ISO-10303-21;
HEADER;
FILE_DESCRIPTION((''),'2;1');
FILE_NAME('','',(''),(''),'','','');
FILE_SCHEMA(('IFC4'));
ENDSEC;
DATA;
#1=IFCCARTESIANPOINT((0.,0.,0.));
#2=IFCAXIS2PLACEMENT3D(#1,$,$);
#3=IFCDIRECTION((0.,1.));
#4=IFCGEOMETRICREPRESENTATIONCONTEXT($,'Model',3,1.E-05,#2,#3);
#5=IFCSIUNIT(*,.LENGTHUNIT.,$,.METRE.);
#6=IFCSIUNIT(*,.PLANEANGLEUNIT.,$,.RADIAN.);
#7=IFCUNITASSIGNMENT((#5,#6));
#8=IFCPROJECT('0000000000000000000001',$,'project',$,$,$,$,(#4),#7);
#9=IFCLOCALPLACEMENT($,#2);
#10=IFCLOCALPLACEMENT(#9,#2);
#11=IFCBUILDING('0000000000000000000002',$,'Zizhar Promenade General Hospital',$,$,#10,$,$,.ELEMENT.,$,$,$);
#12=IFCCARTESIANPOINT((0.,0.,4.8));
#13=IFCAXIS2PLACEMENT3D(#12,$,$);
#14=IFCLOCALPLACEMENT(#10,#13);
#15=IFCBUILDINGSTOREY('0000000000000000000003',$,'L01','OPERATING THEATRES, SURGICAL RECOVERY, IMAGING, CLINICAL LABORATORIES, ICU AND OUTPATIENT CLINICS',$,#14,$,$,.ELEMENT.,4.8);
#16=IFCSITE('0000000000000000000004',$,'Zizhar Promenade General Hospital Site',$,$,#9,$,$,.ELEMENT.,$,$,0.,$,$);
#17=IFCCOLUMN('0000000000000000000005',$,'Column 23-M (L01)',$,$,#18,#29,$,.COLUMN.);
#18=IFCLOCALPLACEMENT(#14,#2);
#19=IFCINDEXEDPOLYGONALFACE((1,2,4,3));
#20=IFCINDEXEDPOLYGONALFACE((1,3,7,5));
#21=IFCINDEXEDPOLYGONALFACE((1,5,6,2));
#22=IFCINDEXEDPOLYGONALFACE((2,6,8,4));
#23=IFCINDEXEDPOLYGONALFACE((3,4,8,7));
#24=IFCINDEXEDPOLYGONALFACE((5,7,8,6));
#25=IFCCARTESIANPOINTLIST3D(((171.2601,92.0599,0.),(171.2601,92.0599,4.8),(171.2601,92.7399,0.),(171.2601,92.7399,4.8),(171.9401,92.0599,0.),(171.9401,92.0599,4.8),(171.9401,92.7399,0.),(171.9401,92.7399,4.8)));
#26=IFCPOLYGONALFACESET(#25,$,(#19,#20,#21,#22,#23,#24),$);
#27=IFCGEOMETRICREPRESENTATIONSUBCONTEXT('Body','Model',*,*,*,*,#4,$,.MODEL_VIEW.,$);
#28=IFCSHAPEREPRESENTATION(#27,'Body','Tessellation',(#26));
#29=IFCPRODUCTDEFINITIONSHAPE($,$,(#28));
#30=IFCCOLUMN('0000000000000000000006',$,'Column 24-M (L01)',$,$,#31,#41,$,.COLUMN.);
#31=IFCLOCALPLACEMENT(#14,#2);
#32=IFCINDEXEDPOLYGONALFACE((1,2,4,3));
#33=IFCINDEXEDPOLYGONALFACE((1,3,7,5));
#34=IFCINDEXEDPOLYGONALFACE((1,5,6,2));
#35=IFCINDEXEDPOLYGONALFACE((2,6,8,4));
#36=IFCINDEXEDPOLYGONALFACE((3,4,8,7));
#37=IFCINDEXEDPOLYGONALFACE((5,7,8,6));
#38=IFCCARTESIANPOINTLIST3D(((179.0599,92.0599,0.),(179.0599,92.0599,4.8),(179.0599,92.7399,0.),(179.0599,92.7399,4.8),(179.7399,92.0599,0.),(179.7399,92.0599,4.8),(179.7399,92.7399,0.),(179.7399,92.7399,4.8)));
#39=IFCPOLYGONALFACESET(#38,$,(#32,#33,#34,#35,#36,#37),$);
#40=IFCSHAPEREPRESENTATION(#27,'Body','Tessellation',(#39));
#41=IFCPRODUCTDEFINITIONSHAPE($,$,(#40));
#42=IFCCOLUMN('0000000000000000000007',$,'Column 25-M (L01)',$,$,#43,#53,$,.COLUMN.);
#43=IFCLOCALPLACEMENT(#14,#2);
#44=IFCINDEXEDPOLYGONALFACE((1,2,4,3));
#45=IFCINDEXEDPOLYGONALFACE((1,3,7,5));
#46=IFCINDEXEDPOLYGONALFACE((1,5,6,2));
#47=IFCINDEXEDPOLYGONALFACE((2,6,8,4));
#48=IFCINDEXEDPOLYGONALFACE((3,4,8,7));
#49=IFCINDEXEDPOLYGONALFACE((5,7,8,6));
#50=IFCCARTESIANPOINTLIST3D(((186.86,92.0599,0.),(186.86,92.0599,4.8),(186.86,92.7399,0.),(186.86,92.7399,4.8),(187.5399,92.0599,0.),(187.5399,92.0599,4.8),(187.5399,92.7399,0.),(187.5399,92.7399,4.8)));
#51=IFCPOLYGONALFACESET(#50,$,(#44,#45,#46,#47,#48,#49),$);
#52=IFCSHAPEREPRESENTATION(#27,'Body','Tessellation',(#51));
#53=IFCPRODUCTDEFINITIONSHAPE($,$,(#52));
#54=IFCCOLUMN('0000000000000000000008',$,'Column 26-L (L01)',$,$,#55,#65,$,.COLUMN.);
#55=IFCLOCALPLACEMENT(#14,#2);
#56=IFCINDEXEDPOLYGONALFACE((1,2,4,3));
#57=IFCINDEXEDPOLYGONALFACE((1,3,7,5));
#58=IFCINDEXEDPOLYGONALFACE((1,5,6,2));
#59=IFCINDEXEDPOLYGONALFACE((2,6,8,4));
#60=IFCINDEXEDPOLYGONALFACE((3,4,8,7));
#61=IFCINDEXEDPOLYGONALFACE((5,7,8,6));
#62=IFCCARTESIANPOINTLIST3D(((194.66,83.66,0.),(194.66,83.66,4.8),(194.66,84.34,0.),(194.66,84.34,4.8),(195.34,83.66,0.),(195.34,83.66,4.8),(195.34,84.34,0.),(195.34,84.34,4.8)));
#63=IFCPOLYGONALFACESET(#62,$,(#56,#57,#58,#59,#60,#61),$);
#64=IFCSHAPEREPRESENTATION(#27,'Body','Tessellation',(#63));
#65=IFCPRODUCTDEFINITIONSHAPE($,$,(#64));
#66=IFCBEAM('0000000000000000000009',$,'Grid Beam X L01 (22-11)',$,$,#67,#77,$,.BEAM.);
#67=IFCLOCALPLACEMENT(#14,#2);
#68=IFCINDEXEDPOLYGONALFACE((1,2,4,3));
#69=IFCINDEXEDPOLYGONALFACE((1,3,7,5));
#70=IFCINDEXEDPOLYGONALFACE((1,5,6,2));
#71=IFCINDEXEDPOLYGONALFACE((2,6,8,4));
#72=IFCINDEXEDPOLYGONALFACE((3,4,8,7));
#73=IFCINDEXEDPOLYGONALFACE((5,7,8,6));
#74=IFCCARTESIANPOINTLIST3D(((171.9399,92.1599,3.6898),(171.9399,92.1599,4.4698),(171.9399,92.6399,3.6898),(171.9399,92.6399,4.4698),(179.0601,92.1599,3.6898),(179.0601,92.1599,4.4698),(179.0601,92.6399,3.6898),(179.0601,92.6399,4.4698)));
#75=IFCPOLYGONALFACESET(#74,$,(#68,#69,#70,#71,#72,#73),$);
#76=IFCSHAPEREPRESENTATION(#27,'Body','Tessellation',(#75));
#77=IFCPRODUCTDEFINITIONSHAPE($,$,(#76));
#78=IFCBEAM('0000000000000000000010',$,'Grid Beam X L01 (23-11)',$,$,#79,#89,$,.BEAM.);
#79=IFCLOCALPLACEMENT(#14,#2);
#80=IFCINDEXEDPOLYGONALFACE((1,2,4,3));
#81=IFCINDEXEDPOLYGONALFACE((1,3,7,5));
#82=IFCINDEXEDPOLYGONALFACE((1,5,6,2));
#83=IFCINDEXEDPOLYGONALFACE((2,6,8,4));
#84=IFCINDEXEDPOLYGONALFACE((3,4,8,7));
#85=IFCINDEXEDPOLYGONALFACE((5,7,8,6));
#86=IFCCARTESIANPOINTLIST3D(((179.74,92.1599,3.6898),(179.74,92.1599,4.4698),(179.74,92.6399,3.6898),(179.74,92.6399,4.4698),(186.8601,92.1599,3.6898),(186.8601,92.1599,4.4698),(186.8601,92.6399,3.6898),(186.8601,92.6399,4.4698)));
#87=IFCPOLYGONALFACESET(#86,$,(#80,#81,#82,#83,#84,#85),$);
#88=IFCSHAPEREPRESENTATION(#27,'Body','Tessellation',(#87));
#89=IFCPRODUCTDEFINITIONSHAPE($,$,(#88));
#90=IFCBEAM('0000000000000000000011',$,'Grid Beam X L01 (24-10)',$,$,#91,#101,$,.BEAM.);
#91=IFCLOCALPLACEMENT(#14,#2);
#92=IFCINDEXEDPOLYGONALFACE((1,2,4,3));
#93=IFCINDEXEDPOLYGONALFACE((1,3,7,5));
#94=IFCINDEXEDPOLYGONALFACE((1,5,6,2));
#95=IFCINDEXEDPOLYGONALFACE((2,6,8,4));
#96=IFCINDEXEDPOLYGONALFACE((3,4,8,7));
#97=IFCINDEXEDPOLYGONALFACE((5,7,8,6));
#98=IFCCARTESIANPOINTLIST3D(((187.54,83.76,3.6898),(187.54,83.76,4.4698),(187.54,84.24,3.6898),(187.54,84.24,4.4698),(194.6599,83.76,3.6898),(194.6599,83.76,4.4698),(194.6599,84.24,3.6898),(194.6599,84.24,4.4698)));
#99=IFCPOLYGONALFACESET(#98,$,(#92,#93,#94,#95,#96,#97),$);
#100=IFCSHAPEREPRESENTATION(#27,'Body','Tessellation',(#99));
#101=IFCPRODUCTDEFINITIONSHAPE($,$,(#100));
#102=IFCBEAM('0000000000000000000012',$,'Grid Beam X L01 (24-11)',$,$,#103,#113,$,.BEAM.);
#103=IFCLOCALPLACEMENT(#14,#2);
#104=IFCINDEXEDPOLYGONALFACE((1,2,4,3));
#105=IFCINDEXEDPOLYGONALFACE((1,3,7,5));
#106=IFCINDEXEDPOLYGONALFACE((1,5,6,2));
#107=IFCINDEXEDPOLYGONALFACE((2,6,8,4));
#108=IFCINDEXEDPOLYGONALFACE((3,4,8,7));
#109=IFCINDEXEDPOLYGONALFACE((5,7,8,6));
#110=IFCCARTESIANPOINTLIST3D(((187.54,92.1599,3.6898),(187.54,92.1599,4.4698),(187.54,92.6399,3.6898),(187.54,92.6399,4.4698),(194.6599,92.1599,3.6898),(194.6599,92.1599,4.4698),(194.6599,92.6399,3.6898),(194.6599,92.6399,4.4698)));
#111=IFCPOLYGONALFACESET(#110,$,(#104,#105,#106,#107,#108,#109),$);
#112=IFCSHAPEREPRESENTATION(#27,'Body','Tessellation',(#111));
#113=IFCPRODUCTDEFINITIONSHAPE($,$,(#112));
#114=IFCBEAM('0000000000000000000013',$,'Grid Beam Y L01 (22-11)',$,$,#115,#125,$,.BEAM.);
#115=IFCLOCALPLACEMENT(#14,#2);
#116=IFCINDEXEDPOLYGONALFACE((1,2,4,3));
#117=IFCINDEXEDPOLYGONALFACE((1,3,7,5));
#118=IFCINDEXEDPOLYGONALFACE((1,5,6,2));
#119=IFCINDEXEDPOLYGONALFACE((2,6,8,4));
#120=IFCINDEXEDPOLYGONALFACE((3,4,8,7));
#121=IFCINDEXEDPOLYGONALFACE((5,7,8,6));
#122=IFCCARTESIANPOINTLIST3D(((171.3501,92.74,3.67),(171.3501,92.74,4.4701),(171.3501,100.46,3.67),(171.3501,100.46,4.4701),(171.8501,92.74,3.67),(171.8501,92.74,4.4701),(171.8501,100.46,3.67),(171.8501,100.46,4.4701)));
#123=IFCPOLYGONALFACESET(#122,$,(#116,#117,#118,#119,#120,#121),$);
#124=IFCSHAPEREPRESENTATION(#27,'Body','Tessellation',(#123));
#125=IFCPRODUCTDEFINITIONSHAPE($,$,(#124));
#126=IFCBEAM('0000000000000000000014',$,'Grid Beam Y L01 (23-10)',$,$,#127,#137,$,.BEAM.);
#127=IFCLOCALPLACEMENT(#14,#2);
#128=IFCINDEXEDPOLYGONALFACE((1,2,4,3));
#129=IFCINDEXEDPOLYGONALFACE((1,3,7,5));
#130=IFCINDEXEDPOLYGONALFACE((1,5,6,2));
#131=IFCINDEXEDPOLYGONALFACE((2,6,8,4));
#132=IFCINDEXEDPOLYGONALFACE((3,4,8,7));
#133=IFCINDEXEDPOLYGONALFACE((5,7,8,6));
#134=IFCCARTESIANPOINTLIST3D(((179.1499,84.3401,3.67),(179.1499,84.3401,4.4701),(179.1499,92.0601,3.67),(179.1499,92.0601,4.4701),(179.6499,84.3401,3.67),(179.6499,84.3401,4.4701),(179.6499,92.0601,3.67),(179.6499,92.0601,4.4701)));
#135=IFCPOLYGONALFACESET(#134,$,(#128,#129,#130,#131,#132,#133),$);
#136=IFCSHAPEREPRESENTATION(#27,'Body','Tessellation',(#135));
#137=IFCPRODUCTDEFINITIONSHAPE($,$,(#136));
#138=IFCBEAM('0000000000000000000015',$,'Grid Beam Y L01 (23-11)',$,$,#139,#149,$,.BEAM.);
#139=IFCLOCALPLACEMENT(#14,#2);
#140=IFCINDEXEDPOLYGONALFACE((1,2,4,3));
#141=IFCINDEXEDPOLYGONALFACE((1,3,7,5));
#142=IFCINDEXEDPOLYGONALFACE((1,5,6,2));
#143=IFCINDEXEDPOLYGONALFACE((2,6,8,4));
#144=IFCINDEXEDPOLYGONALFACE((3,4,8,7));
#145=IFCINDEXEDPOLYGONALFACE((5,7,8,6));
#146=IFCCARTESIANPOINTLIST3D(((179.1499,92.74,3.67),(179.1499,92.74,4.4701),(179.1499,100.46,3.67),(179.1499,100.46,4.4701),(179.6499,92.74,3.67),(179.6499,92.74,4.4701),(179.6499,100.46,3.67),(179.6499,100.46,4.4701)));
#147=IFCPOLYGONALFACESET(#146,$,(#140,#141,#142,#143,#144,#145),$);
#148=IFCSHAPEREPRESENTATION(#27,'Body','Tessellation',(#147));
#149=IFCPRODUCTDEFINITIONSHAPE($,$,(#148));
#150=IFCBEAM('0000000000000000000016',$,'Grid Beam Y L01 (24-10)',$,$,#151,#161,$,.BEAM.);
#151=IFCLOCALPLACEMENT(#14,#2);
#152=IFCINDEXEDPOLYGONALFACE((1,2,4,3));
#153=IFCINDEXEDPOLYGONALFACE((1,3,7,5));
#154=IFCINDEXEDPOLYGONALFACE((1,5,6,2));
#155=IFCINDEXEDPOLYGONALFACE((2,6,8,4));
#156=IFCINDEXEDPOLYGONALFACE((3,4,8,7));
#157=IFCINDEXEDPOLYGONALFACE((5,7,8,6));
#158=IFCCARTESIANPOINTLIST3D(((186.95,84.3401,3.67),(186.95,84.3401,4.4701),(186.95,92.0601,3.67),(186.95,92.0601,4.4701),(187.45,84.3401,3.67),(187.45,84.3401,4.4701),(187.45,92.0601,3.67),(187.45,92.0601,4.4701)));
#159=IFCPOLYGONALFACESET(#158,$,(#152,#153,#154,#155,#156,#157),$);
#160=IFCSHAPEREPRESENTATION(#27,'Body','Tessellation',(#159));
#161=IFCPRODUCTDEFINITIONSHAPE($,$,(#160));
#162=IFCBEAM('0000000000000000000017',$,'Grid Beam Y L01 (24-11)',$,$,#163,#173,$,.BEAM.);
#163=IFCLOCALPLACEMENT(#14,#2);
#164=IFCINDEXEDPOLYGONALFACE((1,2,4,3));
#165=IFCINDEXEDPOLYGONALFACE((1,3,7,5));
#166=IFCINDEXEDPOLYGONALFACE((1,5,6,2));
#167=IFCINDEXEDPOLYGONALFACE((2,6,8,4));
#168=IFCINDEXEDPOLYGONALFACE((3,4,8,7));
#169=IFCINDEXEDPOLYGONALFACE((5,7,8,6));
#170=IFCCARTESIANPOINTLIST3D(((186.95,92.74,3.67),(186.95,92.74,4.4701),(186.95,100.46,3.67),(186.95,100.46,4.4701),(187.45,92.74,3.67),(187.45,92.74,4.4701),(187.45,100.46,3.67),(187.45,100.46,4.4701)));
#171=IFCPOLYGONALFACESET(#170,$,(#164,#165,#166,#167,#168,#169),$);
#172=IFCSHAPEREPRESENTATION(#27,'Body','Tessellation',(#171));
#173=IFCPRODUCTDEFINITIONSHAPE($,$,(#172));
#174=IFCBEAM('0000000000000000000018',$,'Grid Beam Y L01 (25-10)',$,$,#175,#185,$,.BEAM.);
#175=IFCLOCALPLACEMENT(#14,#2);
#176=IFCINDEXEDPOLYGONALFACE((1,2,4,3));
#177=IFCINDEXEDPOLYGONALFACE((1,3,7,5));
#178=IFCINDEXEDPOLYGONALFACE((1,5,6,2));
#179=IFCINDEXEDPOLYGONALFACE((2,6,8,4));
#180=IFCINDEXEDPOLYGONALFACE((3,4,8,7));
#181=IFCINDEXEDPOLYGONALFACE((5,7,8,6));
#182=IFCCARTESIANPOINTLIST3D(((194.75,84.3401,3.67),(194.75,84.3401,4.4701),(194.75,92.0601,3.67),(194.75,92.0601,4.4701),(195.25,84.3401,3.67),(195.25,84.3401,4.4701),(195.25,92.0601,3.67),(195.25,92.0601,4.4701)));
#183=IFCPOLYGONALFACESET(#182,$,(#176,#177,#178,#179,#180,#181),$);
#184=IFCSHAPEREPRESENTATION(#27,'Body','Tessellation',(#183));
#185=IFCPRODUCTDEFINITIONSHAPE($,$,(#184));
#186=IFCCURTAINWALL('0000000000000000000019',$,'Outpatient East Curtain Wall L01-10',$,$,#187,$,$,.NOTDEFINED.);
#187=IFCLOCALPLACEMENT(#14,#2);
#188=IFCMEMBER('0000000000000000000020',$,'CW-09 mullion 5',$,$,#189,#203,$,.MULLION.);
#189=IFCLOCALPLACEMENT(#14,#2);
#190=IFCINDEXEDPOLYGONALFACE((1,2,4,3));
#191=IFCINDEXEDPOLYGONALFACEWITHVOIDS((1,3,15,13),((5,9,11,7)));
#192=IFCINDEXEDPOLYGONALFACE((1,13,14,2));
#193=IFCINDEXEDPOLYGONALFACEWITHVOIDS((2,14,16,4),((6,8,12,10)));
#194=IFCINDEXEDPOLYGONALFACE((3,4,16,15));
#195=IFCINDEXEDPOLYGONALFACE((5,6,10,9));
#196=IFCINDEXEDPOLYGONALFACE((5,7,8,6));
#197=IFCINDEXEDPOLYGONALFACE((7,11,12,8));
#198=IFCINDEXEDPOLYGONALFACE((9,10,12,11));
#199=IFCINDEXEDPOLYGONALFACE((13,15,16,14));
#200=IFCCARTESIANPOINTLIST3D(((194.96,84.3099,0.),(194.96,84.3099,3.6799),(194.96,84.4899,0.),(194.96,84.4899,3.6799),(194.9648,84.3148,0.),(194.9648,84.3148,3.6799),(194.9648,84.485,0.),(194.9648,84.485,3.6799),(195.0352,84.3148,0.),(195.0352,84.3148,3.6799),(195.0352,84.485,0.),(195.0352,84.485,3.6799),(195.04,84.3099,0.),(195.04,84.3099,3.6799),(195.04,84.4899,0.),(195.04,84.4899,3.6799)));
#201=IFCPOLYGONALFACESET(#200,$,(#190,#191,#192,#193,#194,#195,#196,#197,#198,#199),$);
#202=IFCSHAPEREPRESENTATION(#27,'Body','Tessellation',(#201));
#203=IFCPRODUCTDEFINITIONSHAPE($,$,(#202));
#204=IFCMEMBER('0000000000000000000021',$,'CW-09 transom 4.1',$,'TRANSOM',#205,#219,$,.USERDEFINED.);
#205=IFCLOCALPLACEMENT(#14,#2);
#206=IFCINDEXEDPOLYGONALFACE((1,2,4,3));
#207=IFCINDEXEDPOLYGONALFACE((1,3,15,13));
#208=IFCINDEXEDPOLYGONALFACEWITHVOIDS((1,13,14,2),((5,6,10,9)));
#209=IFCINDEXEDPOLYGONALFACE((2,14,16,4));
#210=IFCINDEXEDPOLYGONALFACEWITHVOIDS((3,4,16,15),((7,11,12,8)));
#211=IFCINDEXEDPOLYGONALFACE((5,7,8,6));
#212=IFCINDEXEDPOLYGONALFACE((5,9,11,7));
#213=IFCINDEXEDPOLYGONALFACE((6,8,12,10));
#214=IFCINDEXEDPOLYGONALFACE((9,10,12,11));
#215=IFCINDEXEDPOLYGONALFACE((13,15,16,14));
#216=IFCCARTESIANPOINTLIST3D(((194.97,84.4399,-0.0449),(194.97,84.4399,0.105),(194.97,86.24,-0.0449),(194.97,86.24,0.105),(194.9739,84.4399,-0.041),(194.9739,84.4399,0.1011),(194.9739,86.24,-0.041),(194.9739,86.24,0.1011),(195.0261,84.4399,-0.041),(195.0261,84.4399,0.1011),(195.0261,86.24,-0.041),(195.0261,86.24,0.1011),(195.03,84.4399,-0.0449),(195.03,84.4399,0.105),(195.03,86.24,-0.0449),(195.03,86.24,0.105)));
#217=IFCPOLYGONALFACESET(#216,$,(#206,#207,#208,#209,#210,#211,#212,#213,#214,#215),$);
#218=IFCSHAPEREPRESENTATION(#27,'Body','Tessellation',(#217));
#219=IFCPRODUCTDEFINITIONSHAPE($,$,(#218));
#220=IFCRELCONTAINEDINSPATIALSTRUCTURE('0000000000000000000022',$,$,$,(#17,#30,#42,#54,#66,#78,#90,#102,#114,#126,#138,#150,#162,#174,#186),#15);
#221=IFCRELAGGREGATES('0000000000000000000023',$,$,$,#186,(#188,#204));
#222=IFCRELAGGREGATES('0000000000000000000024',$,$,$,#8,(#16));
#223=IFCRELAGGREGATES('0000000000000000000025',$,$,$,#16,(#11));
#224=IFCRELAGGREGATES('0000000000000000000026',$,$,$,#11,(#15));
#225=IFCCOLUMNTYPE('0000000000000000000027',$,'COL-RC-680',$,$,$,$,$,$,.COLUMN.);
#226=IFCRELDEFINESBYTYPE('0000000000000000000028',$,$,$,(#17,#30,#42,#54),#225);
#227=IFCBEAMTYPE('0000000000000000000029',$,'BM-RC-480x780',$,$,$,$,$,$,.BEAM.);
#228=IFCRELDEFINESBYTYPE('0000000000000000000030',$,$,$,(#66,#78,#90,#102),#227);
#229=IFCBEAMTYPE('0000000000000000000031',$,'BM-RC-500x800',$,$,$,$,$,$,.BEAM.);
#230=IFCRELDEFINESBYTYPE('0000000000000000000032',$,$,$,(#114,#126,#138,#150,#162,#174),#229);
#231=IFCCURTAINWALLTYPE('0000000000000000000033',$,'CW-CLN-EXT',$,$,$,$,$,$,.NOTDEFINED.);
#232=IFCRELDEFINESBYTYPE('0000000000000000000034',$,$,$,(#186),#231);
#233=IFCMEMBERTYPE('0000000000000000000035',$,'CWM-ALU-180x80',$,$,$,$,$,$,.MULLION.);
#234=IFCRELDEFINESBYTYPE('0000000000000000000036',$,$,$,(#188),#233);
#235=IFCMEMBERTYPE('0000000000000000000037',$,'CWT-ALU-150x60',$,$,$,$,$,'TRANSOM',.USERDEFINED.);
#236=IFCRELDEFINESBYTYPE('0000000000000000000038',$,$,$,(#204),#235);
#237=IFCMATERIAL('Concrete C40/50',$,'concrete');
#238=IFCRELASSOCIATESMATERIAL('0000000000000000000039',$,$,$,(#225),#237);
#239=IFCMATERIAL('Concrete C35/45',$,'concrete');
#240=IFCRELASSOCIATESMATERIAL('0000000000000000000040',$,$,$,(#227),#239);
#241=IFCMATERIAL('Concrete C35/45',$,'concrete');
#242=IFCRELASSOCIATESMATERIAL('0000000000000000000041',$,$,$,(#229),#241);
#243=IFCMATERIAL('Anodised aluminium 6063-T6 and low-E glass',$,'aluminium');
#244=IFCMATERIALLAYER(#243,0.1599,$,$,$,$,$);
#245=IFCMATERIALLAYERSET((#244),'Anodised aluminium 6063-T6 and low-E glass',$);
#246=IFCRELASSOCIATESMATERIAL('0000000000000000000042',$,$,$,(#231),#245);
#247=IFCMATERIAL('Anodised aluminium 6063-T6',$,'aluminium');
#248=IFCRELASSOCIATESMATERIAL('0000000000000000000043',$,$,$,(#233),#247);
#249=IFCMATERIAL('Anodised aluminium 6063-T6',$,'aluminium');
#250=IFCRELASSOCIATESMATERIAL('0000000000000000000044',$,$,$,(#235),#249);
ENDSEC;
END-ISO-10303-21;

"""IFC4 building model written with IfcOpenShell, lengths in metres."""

from ifc_helpers import new_model, si_unit, direction, frame, origin, origin_2d, place, context, subcontext, project, spatial, rectangle, hollow_rectangle, extrude, material, layer, layer_set, material_profile, profile_set, type_object, element, aggregate, save


model = new_model("IFC4")

# Units and contexts
model_context = context("Model", 3, precision=1e-05, world=origin(), true_north=direction((0.0, 1.0)))
body_context = subcontext(model_context, "Body", "Model", "MODEL_VIEW")
ifc_project = project(units=[si_unit("LENGTHUNIT", "METRE"), si_unit("PLANEANGLEUNIT", "RADIAN")], contexts=[model_context])

# Site, building, storey
site_placement = place(None, origin())
site = spatial("IfcSite", under=ifc_project, at=site_placement, Name="Zizhar Promenade General Hospital Site", CompositionType="ELEMENT", RefElevation=0.0)
building_placement = place(site_placement, origin())
building = spatial("IfcBuilding", under=site, at=building_placement, Name="Zizhar Promenade General Hospital", CompositionType="ELEMENT")
storey_placement = place(building_placement, frame((0.0, 0.0, 4.8)))
storey = spatial("IfcBuildingStorey", under=building, at=storey_placement, Name="L01", Description="OPERATING THEATRES, SURGICAL RECOVERY, IMAGING, CLINICAL LABORATORIES, ICU AND OUTPATIENT CLINICS", CompositionType="ELEMENT", Elevation=4.8)

# Columns
ifc_material_1 = material(Name="Concrete C40/50", Category="concrete")
ifc_material_profile_1 = material_profile(ifc_material_1, rectangle(XDim=0.6799, YDim=0.6799, at=origin_2d()))
ifc_profile_set_1 = profile_set([ifc_material_profile_1], Name="Concrete C40/50")
column_type = type_object("IfcColumnType", Name="COL-RC-680", PredefinedType="COLUMN", material=ifc_profile_set_1)
for number, where, z_axis, x_axis, name in (
    (1, (171.6001, 92.3999, 0.0), (0.0, 0.0, 1.0), (1.0, 0.0, 0.0), "Column 23-M (L01)"),
    (2, (179.3999, 92.3999, 0.0), (0.0, 0.0, 1.0), (1.0, 0.0, 0.0), "Column 24-M (L01)"),
    (3, (187.2, 92.3999, 0.0), (0.0, 0.0, 1.0), (1.0, 0.0, 0.0), "Column 25-M (L01)"),
    (4, (195.0, 84.0, 0.0), (0.0, 0.0, 1.0), (1.0, 0.0, 0.0), "Column 26-L (L01)"),
):
    element("IfcColumn", number, at=place(storey_placement, frame(where, z_axis=z_axis, x_axis=x_axis)), inside=storey, type_object=column_type, Name=name, PredefinedType="COLUMN", context=body_context, shape_type="SweptSolid", body=[
        extrude(rectangle(XDim=0.6799, YDim=0.6799, at=origin_2d()), origin(), (0.0, 0.0, 1.0), 4.8),
    ])

# Beams
ifc_material_2 = material(Name="Concrete C35/45", Category="concrete")
ifc_material_profile_2 = material_profile(ifc_material_2, rectangle(XDim=0.48, YDim=0.78, at=origin_2d()))
ifc_profile_set_2 = profile_set([ifc_material_profile_2], Name="Concrete C35/45")
beam_type_1 = type_object("IfcBeamType", Name="BM-RC-480x780", PredefinedType="BEAM", material=ifc_profile_set_2)
for number, where, z_axis, x_axis, name in (
    (5, (171.9399, 92.3999, 4.0798), (1.0, 0.0, 0.0), (0.0, 1.0, 0.0), "Grid Beam X L01 (22-11)"),
    (6, (179.74, 92.3999, 4.0798), (1.0, 0.0, 0.0), (0.0, 1.0, 0.0), "Grid Beam X L01 (23-11)"),
):
    element("IfcBeam", number, at=place(storey_placement, frame(where, z_axis=z_axis, x_axis=x_axis)), inside=storey, type_object=beam_type_1, Name=name, PredefinedType="BEAM", context=body_context, shape_type="SweptSolid", body=[
        extrude(rectangle(XDim=0.48, YDim=0.78, at=origin_2d()), origin(), (0.0, 0.0, 1.0), 7.1201),
    ])
for number, where, z_axis, x_axis, name in (
    (7, (187.54, 84.0, 4.0798), (1.0, 0.0, 0.0), (0.0, 1.0, 0.0), "Grid Beam X L01 (24-10)"),
    (8, (187.54, 92.3999, 4.0798), (1.0, 0.0, 0.0), (0.0, 1.0, 0.0), "Grid Beam X L01 (24-11)"),
):
    element("IfcBeam", number, at=place(storey_placement, frame(where, z_axis=z_axis, x_axis=x_axis)), inside=storey, type_object=beam_type_1, Name=name, PredefinedType="BEAM", context=body_context, shape_type="SweptSolid", body=[
        extrude(rectangle(XDim=0.48, YDim=0.78, at=origin_2d()), origin(), (0.0, 0.0, 1.0), 7.1199),
    ])
ifc_material_3 = material(Name="Concrete C35/45", Category="concrete")
ifc_material_profile_3 = material_profile(ifc_material_3, rectangle(XDim=0.5, YDim=0.8, at=origin_2d()))
ifc_profile_set_3 = profile_set([ifc_material_profile_3], Name="Concrete C35/45")
beam_type_2 = type_object("IfcBeamType", Name="BM-RC-500x800", PredefinedType="BEAM", material=ifc_profile_set_3)
for number, where, z_axis, x_axis, name in (
    (9, (171.6001, 92.74, 4.0701), (0.0, 1.0, 0.0), (-1.0, 0.0, 0.0), "Grid Beam Y L01 (22-11)"),
    (10, (179.3999, 84.3401, 4.0701), (0.0, 1.0, 0.0), (-1.0, 0.0, 0.0), "Grid Beam Y L01 (23-10)"),
    (11, (179.3999, 92.74, 4.0701), (0.0, 1.0, 0.0), (-1.0, 0.0, 0.0), "Grid Beam Y L01 (23-11)"),
    (12, (187.2, 84.3401, 4.0701), (0.0, 1.0, 0.0), (-1.0, 0.0, 0.0), "Grid Beam Y L01 (24-10)"),
    (13, (187.2, 92.74, 4.0701), (0.0, 1.0, 0.0), (-1.0, 0.0, 0.0), "Grid Beam Y L01 (24-11)"),
    (14, (195.0, 84.3401, 4.0701), (0.0, 1.0, 0.0), (-1.0, 0.0, 0.0), "Grid Beam Y L01 (25-10)"),
):
    element("IfcBeam", number, at=place(storey_placement, frame(where, z_axis=z_axis, x_axis=x_axis)), inside=storey, type_object=beam_type_2, Name=name, PredefinedType="BEAM", context=body_context, shape_type="SweptSolid", body=[
        extrude(rectangle(XDim=0.5, YDim=0.8, at=origin_2d()), origin(), (0.0, 0.0, 1.0), 7.72),
    ])

# Curtain wall, members
ifc_material_4 = material(Name="Anodised aluminium 6063-T6 and low-E glass", Category="aluminium")
ifc_layer_1 = layer(ifc_material_4, 0.1599)
ifc_layer_set_1 = layer_set([ifc_layer_1], Name="Anodised aluminium 6063-T6 and low-E glass")
curtain_wall_type = type_object("IfcCurtainWallType", Name="CW-CLN-EXT", PredefinedType="NOTDEFINED", material=ifc_layer_set_1)
curtain_wall_placement = place(storey_placement, origin())
curtain_wall = element("IfcCurtainWall", 15, at=curtain_wall_placement, inside=storey, type_object=curtain_wall_type, Name="Outpatient East Curtain Wall L01-10", PredefinedType="NOTDEFINED")
ifc_material_5 = material(Name="Anodised aluminium 6063-T6", Category="aluminium")
ifc_material_profile_4 = material_profile(ifc_material_5, hollow_rectangle(XDim=0.0801, YDim=0.1799, WallThickness=0.0049, at=origin_2d()))
ifc_profile_set_4 = profile_set([ifc_material_profile_4], Name="Anodised aluminium 6063-T6")
member_type_1 = type_object("IfcMemberType", Name="CWM-ALU-180x80", PredefinedType="MULLION", material=ifc_profile_set_4)
member_1_placement = place(storey_placement, frame((195.0, 84.3999, 0.0), z_axis=(0.0, 0.0, 1.0), x_axis=(1.0, 0.0, 0.0)))
member_1 = element("IfcMember", 16, at=member_1_placement, type_object=member_type_1, Name="CW-09 mullion 5", PredefinedType="MULLION", context=body_context, shape_type="SweptSolid", body=[
    extrude(hollow_rectangle(XDim=0.0801, YDim=0.1799, WallThickness=0.0049, at=origin_2d()), origin(), (0.0, 0.0, 1.0), 3.6799),
])
ifc_material_6 = material(Name="Anodised aluminium 6063-T6", Category="aluminium")
ifc_material_profile_5 = material_profile(ifc_material_6, hollow_rectangle(XDim=0.0601, YDim=0.1499, WallThickness=0.0039, at=origin_2d()))
ifc_profile_set_5 = profile_set([ifc_material_profile_5], Name="Anodised aluminium 6063-T6")
member_type_2 = type_object("IfcMemberType", Name="CWT-ALU-150x60", ElementType="TRANSOM", PredefinedType="USERDEFINED", material=ifc_profile_set_5)
member_2_placement = place(storey_placement, frame((195.0, 86.24, 0.03), z_axis=(0.0, -1.0, 0.0), x_axis=(1.0, 0.0, 0.0)))
member_2 = element("IfcMember", 17, at=member_2_placement, type_object=member_type_2, Name="CW-09 transom 4.1", ObjectType="TRANSOM", PredefinedType="USERDEFINED", context=body_context, shape_type="SweptSolid", body=[
    extrude(hollow_rectangle(XDim=0.0601, YDim=0.1499, WallThickness=0.0039, at=origin_2d()), origin(), (0.0, 0.0, 1.0), 1.8),
])
aggregate(curtain_wall, [member_1, member_2])

save(model, "model.ifc")
